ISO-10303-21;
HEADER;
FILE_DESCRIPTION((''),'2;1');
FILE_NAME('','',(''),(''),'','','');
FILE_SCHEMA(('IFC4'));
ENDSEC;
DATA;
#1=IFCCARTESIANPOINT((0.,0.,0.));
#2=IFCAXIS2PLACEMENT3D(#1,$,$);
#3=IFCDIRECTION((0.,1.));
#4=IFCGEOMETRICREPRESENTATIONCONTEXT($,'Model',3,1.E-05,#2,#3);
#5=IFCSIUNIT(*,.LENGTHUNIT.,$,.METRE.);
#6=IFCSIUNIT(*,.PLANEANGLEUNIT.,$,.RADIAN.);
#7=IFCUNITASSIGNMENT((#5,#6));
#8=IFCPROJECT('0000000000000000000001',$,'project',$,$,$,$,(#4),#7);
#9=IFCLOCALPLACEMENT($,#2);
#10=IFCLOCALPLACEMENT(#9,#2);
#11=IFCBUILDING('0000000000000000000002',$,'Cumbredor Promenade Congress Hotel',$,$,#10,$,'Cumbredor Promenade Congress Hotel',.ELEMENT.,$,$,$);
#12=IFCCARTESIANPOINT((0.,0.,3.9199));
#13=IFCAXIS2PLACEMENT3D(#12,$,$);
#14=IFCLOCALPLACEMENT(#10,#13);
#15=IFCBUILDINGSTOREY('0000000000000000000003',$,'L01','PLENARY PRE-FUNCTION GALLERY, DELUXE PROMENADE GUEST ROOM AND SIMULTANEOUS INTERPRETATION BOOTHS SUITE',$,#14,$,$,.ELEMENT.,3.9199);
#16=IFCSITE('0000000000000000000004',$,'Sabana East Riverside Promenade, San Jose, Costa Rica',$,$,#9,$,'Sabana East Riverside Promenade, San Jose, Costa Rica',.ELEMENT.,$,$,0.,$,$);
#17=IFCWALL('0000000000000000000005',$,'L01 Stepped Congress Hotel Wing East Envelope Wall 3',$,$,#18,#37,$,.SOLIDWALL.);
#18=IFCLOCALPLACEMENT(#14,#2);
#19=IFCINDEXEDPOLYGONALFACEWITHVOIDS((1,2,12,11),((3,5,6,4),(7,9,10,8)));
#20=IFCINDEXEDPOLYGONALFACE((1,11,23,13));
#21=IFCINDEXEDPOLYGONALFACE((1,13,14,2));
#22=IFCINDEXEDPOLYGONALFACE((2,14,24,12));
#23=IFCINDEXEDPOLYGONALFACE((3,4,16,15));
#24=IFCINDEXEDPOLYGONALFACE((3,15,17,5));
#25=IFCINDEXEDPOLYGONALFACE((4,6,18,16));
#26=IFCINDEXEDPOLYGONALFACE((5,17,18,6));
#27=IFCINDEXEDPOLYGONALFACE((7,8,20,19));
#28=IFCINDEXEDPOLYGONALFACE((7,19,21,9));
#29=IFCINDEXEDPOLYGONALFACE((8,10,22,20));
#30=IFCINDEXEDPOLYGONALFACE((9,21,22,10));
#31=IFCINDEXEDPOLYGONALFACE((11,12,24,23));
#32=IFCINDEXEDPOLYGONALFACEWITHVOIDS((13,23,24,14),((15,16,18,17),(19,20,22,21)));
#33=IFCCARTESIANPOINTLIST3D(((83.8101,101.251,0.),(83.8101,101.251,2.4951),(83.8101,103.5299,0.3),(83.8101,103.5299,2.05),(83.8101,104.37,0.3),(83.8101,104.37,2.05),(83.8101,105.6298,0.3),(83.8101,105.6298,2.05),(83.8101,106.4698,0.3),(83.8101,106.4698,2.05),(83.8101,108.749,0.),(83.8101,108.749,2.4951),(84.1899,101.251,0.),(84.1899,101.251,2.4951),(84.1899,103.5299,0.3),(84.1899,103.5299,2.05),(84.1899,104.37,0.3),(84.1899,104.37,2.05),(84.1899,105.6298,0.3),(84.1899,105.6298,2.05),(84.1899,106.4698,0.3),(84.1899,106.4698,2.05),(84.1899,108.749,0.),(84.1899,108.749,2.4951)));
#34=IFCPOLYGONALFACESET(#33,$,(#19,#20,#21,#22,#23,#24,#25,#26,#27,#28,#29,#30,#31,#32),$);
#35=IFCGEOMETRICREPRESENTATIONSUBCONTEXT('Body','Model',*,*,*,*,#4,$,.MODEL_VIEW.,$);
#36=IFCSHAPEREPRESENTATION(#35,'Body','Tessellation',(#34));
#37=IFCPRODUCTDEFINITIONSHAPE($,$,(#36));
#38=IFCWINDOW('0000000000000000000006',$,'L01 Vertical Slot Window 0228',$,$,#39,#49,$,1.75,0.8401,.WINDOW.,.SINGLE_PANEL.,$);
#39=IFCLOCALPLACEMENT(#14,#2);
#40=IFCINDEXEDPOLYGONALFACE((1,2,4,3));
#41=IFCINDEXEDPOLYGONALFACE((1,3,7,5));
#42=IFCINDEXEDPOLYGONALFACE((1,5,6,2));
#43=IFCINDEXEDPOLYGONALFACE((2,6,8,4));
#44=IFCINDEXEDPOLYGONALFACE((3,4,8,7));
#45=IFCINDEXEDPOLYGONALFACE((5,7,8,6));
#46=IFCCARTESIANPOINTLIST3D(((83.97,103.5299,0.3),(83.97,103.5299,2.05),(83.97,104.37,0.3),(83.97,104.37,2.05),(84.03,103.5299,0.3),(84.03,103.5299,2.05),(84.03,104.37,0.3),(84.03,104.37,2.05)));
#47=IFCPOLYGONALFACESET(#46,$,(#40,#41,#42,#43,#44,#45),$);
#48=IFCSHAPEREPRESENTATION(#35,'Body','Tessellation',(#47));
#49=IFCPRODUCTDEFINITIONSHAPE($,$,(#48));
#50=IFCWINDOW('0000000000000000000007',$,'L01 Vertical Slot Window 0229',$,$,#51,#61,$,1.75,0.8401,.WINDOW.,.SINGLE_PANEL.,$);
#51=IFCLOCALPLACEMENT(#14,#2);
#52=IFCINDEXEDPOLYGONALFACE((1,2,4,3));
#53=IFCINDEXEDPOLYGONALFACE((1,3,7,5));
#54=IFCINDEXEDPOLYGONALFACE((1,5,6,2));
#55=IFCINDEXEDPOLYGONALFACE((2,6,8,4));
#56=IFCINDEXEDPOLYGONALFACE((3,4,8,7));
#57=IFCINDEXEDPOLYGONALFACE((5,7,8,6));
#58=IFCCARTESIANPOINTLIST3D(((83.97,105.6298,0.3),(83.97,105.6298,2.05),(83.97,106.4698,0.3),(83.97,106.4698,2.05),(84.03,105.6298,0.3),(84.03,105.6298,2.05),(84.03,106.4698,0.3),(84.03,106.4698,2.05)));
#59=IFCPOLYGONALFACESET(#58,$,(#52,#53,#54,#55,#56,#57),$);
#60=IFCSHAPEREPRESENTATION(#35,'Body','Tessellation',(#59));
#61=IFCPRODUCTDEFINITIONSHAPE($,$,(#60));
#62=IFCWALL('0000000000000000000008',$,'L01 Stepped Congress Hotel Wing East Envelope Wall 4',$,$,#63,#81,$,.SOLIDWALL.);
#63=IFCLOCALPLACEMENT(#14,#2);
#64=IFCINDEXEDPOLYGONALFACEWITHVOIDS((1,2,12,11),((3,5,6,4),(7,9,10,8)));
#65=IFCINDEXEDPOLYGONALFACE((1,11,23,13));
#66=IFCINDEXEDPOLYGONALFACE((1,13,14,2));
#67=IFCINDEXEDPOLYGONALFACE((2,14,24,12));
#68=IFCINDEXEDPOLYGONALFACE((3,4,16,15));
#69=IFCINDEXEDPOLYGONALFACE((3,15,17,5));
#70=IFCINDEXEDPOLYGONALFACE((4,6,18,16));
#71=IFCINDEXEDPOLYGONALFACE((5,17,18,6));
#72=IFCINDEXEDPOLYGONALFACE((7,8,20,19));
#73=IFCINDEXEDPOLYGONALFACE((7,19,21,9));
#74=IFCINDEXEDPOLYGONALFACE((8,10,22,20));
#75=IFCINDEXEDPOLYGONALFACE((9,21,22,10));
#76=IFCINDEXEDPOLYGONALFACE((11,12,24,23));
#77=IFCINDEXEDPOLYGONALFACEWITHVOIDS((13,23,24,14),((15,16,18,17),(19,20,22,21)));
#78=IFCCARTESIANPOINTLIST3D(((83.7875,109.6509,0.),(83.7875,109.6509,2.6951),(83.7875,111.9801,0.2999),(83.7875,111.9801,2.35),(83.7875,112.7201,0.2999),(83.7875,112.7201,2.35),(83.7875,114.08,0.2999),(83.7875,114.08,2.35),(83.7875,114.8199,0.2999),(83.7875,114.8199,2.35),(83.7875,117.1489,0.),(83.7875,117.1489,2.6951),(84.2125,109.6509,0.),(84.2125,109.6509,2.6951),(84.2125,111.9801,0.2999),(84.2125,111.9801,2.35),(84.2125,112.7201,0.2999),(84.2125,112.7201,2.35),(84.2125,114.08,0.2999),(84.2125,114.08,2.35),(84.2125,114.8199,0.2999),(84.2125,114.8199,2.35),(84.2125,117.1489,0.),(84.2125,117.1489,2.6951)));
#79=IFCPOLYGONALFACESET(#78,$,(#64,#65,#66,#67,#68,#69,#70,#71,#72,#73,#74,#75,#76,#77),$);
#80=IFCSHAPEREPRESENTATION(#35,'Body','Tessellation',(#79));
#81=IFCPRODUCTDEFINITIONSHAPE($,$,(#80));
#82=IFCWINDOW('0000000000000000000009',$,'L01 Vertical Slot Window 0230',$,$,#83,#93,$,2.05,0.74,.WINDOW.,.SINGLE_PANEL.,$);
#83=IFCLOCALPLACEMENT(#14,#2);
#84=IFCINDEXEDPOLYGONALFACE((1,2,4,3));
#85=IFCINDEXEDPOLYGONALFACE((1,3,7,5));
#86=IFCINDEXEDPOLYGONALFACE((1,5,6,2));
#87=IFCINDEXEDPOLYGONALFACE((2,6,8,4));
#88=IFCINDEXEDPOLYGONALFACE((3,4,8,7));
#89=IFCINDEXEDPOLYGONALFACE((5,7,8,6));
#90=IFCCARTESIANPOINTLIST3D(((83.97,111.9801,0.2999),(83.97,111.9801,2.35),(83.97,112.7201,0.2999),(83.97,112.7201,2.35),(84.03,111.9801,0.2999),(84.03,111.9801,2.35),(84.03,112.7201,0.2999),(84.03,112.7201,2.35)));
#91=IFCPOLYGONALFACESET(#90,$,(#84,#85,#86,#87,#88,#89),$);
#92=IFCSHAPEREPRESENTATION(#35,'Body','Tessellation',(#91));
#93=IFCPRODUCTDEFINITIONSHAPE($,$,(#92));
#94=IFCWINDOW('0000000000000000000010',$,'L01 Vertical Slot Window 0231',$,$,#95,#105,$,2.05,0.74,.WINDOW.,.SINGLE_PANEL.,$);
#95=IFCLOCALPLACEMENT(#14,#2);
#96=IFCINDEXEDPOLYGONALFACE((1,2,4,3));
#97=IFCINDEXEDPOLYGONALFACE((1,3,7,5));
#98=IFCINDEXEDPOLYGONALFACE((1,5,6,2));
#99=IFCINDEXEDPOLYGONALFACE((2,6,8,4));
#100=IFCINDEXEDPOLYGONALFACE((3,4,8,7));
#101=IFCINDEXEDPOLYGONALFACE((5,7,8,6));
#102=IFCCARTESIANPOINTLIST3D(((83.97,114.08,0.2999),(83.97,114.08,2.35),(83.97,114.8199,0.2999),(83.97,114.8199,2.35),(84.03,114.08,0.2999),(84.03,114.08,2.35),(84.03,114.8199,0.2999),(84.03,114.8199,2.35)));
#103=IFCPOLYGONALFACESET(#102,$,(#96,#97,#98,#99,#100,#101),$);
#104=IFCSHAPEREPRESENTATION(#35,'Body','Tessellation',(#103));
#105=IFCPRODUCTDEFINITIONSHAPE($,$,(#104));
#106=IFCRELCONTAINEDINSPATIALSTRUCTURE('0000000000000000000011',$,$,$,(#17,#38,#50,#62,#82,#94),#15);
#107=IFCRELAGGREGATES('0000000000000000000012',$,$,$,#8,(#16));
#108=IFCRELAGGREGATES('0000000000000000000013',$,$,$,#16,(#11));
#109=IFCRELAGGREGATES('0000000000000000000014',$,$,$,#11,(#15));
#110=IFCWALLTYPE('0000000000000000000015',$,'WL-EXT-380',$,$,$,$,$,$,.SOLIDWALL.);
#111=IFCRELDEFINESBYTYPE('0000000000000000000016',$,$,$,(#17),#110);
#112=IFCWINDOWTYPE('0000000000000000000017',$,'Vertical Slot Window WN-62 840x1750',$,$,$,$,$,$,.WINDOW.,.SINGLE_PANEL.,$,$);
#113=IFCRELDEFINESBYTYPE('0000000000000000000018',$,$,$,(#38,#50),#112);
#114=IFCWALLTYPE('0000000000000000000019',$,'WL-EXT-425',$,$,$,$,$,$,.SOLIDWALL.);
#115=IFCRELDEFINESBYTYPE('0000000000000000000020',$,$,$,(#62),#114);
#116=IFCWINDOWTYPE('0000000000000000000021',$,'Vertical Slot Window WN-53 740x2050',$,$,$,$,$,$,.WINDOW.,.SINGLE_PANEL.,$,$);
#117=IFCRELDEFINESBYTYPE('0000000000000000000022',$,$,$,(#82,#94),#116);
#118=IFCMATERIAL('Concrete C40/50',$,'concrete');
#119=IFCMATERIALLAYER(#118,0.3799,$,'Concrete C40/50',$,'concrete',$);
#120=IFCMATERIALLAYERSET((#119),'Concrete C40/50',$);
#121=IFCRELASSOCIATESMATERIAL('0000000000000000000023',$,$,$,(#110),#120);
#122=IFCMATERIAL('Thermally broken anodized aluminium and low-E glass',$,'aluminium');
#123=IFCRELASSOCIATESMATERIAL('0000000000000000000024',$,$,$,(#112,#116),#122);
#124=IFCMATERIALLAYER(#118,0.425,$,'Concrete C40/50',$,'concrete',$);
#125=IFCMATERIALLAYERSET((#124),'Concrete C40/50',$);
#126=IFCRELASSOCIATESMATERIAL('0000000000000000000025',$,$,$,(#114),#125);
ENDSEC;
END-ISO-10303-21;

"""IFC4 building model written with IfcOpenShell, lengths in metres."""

from ifc_helpers import new_model, si_unit, direction, frame, frame_2d, origin, place, context, subcontext, project, spatial, rectangle, extrude, material, layer, layer_set, type_object, element, fill, save


model = new_model("IFC4")

# Units and contexts
model_context = context("Model", 3, precision=1e-05, world=origin(), true_north=direction((0.0, 1.0)))
body_context = subcontext(model_context, "Body", "Model", "MODEL_VIEW")
ifc_project = project(units=[si_unit("LENGTHUNIT", "METRE"), si_unit("PLANEANGLEUNIT", "RADIAN")], contexts=[model_context])

# Site, building, storey
site_placement = place(None, origin())
site = spatial("IfcSite", under=ifc_project, at=site_placement, Name="Sabana East Riverside Promenade, San Jose, Costa Rica", LongName="Sabana East Riverside Promenade, San Jose, Costa Rica", CompositionType="ELEMENT", RefElevation=0.0)
building_placement = place(site_placement, origin())
building = spatial("IfcBuilding", under=site, at=building_placement, Name="Cumbredor Promenade Congress Hotel", LongName="Cumbredor Promenade Congress Hotel", CompositionType="ELEMENT")
storey_placement = place(building_placement, frame((0.0, 0.0, 3.9199)))
storey = spatial("IfcBuildingStorey", under=building, at=storey_placement, Name="L01", Description="PLENARY PRE-FUNCTION GALLERY, DELUXE PROMENADE GUEST ROOM AND SIMULTANEOUS INTERPRETATION BOOTHS SUITE", CompositionType="ELEMENT", Elevation=3.9199)

# Shared definitions
ifc_material_1 = material(Name="Concrete C40/50", Category="concrete")

# Shared definitions
ifc_material_2 = material(Name="Thermally broken anodized aluminium and low-E glass", Category="aluminium")

# Walls, openings, windows
ifc_layer_1 = layer(ifc_material_1, 0.3799, Name="Concrete C40/50", Category="concrete")
ifc_layer_set_1 = layer_set([ifc_layer_1], Name="Concrete C40/50")
wall_type_1 = type_object("IfcWallType", Name="WL-EXT-380", PredefinedType="SOLIDWALL", material=ifc_layer_set_1)
wall_1_placement = place(storey_placement, frame((84.0, 101.251, 0.0), z_axis=(0.0, 0.0, 1.0), x_axis=(0.0, 1.0, 0.0)))
wall_1 = element("IfcWall", 1, at=wall_1_placement, inside=storey, type_object=wall_type_1, Name="L01 Stepped Congress Hotel Wing East Envelope Wall 3", PredefinedType="SOLIDWALL", context=body_context, shape_type="SweptSolid", body=[
    extrude(rectangle(XDim=7.498, YDim=0.3799, at=frame_2d((3.749, 0.0))), origin(), (0.0, 0.0, 1.0), 2.4951),
])
opening_1_placement = place(wall_1_placement, frame((2.2791, 0.0, 0.3)))
opening_1 = element("IfcOpeningElement", 2, at=opening_1_placement, cuts=wall_1, PredefinedType="OPENING", context=body_context, shape_type="SweptSolid", body=[
    extrude(rectangle(XDim=0.8401, YDim=1.75, at=frame_2d((0.4199, 0.875))), frame((0.0, 0.2, 0.0), z_axis=(0.0, -1.0, 0.0), x_axis=(1.0, 0.0, 0.0)), (0.0, 0.0, 1.0), 0.3999),
])
opening_2_placement = place(wall_1_placement, frame((4.3789, 0.0, 0.3)))
opening_2 = element("IfcOpeningElement", 3, at=opening_2_placement, cuts=wall_1, PredefinedType="OPENING", context=body_context, shape_type="SweptSolid", body=[
    extrude(rectangle(XDim=0.8401, YDim=1.75, at=frame_2d((0.4199, 0.875))), frame((0.0, 0.2, 0.0), z_axis=(0.0, -1.0, 0.0), x_axis=(1.0, 0.0, 0.0)), (0.0, 0.0, 1.0), 0.3999),
])
window_type_1 = type_object("IfcWindowType", Name="Vertical Slot Window WN-62 840x1750", PartitioningType="SINGLE_PANEL", PredefinedType="WINDOW", material=ifc_material_2)
window_1_placement = place(opening_1_placement, origin())
window_1 = element("IfcWindow", 4, at=window_1_placement, inside=storey, type_object=window_type_1, Name="L01 Vertical Slot Window 0228", OverallHeight=1.75, OverallWidth=0.8401, PartitioningType="SINGLE_PANEL", PredefinedType="WINDOW", context=body_context, shape_type="SweptSolid", body=[
    extrude(rectangle(XDim=0.8401, YDim=1.75, at=frame_2d((0.4199, 0.875))), frame((0.0, 0.03, 0.0), z_axis=(0.0, -1.0, 0.0), x_axis=(1.0, 0.0, 0.0)), (0.0, 0.0, 1.0), 0.0601),
])
fill(opening_1, window_1)
window_2_placement = place(opening_2_placement, origin())
window_2 = element("IfcWindow", 5, at=window_2_placement, inside=storey, type_object=window_type_1, Name="L01 Vertical Slot Window 0229", OverallHeight=1.75, OverallWidth=0.8401, PartitioningType="SINGLE_PANEL", PredefinedType="WINDOW", context=body_context, shape_type="SweptSolid", body=[
    extrude(rectangle(XDim=0.8401, YDim=1.75, at=frame_2d((0.4199, 0.875))), frame((0.0, 0.03, 0.0), z_axis=(0.0, -1.0, 0.0), x_axis=(1.0, 0.0, 0.0)), (0.0, 0.0, 1.0), 0.0601),
])
fill(opening_2, window_2)
ifc_layer_2 = layer(ifc_material_1, 0.425, Name="Concrete C40/50", Category="concrete")
ifc_layer_set_2 = layer_set([ifc_layer_2], Name="Concrete C40/50")
wall_type_2 = type_object("IfcWallType", Name="WL-EXT-425", PredefinedType="SOLIDWALL", material=ifc_layer_set_2)
wall_2_placement = place(storey_placement, frame((84.0, 109.6509, 0.0), z_axis=(0.0, 0.0, 1.0), x_axis=(0.0, 1.0, 0.0)))
wall_2 = element("IfcWall", 6, at=wall_2_placement, inside=storey, type_object=wall_type_2, Name="L01 Stepped Congress Hotel Wing East Envelope Wall 4", PredefinedType="SOLIDWALL", context=body_context, shape_type="SweptSolid", body=[
    extrude(rectangle(XDim=7.498, YDim=0.425, at=frame_2d((3.749, 0.0))), origin(), (0.0, 0.0, 1.0), 2.6951),
])
opening_3_placement = place(wall_2_placement, frame((2.3291, 0.0, 0.3)))
opening_3 = element("IfcOpeningElement", 7, at=opening_3_placement, cuts=wall_2, PredefinedType="OPENING", context=body_context, shape_type="SweptSolid", body=[
    extrude(rectangle(XDim=0.74, YDim=2.05, at=frame_2d((0.3701, 1.0249))), frame((0.0, 0.2227, 0.0), z_axis=(0.0, -1.0, 0.0), x_axis=(1.0, 0.0, 0.0)), (0.0, 0.0, 1.0), 0.4451),
])
opening_4_placement = place(wall_2_placement, frame((4.429, 0.0, 0.3)))
opening_4 = element("IfcOpeningElement", 8, at=opening_4_placement, cuts=wall_2, PredefinedType="OPENING", context=body_context, shape_type="SweptSolid", body=[
    extrude(rectangle(XDim=0.74, YDim=2.05, at=frame_2d((0.3701, 1.0249))), frame((0.0, 0.2227, 0.0), z_axis=(0.0, -1.0, 0.0), x_axis=(1.0, 0.0, 0.0)), (0.0, 0.0, 1.0), 0.4451),
])
window_type_2 = type_object("IfcWindowType", Name="Vertical Slot Window WN-53 740x2050", PartitioningType="SINGLE_PANEL", PredefinedType="WINDOW", material=ifc_material_2)
window_3_placement = place(opening_3_placement, origin())
window_3 = element("IfcWindow", 9, at=window_3_placement, inside=storey, type_object=window_type_2, Name="L01 Vertical Slot Window 0230", OverallHeight=2.05, OverallWidth=0.74, PartitioningType="SINGLE_PANEL", PredefinedType="WINDOW", context=body_context, shape_type="SweptSolid", body=[
    extrude(rectangle(XDim=0.74, YDim=2.05, at=frame_2d((0.3701, 1.0249))), frame((0.0, 0.03, 0.0), z_axis=(0.0, -1.0, 0.0), x_axis=(1.0, 0.0, 0.0)), (0.0, 0.0, 1.0), 0.0601),
])
fill(opening_3, window_3)
window_4_placement = place(opening_4_placement, origin())
window_4 = element("IfcWindow", 10, at=window_4_placement, inside=storey, type_object=window_type_2, Name="L01 Vertical Slot Window 0231", OverallHeight=2.05, OverallWidth=0.74, PartitioningType="SINGLE_PANEL", PredefinedType="WINDOW", context=body_context, shape_type="SweptSolid", body=[
    extrude(rectangle(XDim=0.74, YDim=2.05, at=frame_2d((0.3701, 1.0249))), frame((0.0, 0.03, 0.0), z_axis=(0.0, -1.0, 0.0), x_axis=(1.0, 0.0, 0.0)), (0.0, 0.0, 1.0), 0.0601),
])
fill(opening_4, window_4)

save(model, "model.ifc")
